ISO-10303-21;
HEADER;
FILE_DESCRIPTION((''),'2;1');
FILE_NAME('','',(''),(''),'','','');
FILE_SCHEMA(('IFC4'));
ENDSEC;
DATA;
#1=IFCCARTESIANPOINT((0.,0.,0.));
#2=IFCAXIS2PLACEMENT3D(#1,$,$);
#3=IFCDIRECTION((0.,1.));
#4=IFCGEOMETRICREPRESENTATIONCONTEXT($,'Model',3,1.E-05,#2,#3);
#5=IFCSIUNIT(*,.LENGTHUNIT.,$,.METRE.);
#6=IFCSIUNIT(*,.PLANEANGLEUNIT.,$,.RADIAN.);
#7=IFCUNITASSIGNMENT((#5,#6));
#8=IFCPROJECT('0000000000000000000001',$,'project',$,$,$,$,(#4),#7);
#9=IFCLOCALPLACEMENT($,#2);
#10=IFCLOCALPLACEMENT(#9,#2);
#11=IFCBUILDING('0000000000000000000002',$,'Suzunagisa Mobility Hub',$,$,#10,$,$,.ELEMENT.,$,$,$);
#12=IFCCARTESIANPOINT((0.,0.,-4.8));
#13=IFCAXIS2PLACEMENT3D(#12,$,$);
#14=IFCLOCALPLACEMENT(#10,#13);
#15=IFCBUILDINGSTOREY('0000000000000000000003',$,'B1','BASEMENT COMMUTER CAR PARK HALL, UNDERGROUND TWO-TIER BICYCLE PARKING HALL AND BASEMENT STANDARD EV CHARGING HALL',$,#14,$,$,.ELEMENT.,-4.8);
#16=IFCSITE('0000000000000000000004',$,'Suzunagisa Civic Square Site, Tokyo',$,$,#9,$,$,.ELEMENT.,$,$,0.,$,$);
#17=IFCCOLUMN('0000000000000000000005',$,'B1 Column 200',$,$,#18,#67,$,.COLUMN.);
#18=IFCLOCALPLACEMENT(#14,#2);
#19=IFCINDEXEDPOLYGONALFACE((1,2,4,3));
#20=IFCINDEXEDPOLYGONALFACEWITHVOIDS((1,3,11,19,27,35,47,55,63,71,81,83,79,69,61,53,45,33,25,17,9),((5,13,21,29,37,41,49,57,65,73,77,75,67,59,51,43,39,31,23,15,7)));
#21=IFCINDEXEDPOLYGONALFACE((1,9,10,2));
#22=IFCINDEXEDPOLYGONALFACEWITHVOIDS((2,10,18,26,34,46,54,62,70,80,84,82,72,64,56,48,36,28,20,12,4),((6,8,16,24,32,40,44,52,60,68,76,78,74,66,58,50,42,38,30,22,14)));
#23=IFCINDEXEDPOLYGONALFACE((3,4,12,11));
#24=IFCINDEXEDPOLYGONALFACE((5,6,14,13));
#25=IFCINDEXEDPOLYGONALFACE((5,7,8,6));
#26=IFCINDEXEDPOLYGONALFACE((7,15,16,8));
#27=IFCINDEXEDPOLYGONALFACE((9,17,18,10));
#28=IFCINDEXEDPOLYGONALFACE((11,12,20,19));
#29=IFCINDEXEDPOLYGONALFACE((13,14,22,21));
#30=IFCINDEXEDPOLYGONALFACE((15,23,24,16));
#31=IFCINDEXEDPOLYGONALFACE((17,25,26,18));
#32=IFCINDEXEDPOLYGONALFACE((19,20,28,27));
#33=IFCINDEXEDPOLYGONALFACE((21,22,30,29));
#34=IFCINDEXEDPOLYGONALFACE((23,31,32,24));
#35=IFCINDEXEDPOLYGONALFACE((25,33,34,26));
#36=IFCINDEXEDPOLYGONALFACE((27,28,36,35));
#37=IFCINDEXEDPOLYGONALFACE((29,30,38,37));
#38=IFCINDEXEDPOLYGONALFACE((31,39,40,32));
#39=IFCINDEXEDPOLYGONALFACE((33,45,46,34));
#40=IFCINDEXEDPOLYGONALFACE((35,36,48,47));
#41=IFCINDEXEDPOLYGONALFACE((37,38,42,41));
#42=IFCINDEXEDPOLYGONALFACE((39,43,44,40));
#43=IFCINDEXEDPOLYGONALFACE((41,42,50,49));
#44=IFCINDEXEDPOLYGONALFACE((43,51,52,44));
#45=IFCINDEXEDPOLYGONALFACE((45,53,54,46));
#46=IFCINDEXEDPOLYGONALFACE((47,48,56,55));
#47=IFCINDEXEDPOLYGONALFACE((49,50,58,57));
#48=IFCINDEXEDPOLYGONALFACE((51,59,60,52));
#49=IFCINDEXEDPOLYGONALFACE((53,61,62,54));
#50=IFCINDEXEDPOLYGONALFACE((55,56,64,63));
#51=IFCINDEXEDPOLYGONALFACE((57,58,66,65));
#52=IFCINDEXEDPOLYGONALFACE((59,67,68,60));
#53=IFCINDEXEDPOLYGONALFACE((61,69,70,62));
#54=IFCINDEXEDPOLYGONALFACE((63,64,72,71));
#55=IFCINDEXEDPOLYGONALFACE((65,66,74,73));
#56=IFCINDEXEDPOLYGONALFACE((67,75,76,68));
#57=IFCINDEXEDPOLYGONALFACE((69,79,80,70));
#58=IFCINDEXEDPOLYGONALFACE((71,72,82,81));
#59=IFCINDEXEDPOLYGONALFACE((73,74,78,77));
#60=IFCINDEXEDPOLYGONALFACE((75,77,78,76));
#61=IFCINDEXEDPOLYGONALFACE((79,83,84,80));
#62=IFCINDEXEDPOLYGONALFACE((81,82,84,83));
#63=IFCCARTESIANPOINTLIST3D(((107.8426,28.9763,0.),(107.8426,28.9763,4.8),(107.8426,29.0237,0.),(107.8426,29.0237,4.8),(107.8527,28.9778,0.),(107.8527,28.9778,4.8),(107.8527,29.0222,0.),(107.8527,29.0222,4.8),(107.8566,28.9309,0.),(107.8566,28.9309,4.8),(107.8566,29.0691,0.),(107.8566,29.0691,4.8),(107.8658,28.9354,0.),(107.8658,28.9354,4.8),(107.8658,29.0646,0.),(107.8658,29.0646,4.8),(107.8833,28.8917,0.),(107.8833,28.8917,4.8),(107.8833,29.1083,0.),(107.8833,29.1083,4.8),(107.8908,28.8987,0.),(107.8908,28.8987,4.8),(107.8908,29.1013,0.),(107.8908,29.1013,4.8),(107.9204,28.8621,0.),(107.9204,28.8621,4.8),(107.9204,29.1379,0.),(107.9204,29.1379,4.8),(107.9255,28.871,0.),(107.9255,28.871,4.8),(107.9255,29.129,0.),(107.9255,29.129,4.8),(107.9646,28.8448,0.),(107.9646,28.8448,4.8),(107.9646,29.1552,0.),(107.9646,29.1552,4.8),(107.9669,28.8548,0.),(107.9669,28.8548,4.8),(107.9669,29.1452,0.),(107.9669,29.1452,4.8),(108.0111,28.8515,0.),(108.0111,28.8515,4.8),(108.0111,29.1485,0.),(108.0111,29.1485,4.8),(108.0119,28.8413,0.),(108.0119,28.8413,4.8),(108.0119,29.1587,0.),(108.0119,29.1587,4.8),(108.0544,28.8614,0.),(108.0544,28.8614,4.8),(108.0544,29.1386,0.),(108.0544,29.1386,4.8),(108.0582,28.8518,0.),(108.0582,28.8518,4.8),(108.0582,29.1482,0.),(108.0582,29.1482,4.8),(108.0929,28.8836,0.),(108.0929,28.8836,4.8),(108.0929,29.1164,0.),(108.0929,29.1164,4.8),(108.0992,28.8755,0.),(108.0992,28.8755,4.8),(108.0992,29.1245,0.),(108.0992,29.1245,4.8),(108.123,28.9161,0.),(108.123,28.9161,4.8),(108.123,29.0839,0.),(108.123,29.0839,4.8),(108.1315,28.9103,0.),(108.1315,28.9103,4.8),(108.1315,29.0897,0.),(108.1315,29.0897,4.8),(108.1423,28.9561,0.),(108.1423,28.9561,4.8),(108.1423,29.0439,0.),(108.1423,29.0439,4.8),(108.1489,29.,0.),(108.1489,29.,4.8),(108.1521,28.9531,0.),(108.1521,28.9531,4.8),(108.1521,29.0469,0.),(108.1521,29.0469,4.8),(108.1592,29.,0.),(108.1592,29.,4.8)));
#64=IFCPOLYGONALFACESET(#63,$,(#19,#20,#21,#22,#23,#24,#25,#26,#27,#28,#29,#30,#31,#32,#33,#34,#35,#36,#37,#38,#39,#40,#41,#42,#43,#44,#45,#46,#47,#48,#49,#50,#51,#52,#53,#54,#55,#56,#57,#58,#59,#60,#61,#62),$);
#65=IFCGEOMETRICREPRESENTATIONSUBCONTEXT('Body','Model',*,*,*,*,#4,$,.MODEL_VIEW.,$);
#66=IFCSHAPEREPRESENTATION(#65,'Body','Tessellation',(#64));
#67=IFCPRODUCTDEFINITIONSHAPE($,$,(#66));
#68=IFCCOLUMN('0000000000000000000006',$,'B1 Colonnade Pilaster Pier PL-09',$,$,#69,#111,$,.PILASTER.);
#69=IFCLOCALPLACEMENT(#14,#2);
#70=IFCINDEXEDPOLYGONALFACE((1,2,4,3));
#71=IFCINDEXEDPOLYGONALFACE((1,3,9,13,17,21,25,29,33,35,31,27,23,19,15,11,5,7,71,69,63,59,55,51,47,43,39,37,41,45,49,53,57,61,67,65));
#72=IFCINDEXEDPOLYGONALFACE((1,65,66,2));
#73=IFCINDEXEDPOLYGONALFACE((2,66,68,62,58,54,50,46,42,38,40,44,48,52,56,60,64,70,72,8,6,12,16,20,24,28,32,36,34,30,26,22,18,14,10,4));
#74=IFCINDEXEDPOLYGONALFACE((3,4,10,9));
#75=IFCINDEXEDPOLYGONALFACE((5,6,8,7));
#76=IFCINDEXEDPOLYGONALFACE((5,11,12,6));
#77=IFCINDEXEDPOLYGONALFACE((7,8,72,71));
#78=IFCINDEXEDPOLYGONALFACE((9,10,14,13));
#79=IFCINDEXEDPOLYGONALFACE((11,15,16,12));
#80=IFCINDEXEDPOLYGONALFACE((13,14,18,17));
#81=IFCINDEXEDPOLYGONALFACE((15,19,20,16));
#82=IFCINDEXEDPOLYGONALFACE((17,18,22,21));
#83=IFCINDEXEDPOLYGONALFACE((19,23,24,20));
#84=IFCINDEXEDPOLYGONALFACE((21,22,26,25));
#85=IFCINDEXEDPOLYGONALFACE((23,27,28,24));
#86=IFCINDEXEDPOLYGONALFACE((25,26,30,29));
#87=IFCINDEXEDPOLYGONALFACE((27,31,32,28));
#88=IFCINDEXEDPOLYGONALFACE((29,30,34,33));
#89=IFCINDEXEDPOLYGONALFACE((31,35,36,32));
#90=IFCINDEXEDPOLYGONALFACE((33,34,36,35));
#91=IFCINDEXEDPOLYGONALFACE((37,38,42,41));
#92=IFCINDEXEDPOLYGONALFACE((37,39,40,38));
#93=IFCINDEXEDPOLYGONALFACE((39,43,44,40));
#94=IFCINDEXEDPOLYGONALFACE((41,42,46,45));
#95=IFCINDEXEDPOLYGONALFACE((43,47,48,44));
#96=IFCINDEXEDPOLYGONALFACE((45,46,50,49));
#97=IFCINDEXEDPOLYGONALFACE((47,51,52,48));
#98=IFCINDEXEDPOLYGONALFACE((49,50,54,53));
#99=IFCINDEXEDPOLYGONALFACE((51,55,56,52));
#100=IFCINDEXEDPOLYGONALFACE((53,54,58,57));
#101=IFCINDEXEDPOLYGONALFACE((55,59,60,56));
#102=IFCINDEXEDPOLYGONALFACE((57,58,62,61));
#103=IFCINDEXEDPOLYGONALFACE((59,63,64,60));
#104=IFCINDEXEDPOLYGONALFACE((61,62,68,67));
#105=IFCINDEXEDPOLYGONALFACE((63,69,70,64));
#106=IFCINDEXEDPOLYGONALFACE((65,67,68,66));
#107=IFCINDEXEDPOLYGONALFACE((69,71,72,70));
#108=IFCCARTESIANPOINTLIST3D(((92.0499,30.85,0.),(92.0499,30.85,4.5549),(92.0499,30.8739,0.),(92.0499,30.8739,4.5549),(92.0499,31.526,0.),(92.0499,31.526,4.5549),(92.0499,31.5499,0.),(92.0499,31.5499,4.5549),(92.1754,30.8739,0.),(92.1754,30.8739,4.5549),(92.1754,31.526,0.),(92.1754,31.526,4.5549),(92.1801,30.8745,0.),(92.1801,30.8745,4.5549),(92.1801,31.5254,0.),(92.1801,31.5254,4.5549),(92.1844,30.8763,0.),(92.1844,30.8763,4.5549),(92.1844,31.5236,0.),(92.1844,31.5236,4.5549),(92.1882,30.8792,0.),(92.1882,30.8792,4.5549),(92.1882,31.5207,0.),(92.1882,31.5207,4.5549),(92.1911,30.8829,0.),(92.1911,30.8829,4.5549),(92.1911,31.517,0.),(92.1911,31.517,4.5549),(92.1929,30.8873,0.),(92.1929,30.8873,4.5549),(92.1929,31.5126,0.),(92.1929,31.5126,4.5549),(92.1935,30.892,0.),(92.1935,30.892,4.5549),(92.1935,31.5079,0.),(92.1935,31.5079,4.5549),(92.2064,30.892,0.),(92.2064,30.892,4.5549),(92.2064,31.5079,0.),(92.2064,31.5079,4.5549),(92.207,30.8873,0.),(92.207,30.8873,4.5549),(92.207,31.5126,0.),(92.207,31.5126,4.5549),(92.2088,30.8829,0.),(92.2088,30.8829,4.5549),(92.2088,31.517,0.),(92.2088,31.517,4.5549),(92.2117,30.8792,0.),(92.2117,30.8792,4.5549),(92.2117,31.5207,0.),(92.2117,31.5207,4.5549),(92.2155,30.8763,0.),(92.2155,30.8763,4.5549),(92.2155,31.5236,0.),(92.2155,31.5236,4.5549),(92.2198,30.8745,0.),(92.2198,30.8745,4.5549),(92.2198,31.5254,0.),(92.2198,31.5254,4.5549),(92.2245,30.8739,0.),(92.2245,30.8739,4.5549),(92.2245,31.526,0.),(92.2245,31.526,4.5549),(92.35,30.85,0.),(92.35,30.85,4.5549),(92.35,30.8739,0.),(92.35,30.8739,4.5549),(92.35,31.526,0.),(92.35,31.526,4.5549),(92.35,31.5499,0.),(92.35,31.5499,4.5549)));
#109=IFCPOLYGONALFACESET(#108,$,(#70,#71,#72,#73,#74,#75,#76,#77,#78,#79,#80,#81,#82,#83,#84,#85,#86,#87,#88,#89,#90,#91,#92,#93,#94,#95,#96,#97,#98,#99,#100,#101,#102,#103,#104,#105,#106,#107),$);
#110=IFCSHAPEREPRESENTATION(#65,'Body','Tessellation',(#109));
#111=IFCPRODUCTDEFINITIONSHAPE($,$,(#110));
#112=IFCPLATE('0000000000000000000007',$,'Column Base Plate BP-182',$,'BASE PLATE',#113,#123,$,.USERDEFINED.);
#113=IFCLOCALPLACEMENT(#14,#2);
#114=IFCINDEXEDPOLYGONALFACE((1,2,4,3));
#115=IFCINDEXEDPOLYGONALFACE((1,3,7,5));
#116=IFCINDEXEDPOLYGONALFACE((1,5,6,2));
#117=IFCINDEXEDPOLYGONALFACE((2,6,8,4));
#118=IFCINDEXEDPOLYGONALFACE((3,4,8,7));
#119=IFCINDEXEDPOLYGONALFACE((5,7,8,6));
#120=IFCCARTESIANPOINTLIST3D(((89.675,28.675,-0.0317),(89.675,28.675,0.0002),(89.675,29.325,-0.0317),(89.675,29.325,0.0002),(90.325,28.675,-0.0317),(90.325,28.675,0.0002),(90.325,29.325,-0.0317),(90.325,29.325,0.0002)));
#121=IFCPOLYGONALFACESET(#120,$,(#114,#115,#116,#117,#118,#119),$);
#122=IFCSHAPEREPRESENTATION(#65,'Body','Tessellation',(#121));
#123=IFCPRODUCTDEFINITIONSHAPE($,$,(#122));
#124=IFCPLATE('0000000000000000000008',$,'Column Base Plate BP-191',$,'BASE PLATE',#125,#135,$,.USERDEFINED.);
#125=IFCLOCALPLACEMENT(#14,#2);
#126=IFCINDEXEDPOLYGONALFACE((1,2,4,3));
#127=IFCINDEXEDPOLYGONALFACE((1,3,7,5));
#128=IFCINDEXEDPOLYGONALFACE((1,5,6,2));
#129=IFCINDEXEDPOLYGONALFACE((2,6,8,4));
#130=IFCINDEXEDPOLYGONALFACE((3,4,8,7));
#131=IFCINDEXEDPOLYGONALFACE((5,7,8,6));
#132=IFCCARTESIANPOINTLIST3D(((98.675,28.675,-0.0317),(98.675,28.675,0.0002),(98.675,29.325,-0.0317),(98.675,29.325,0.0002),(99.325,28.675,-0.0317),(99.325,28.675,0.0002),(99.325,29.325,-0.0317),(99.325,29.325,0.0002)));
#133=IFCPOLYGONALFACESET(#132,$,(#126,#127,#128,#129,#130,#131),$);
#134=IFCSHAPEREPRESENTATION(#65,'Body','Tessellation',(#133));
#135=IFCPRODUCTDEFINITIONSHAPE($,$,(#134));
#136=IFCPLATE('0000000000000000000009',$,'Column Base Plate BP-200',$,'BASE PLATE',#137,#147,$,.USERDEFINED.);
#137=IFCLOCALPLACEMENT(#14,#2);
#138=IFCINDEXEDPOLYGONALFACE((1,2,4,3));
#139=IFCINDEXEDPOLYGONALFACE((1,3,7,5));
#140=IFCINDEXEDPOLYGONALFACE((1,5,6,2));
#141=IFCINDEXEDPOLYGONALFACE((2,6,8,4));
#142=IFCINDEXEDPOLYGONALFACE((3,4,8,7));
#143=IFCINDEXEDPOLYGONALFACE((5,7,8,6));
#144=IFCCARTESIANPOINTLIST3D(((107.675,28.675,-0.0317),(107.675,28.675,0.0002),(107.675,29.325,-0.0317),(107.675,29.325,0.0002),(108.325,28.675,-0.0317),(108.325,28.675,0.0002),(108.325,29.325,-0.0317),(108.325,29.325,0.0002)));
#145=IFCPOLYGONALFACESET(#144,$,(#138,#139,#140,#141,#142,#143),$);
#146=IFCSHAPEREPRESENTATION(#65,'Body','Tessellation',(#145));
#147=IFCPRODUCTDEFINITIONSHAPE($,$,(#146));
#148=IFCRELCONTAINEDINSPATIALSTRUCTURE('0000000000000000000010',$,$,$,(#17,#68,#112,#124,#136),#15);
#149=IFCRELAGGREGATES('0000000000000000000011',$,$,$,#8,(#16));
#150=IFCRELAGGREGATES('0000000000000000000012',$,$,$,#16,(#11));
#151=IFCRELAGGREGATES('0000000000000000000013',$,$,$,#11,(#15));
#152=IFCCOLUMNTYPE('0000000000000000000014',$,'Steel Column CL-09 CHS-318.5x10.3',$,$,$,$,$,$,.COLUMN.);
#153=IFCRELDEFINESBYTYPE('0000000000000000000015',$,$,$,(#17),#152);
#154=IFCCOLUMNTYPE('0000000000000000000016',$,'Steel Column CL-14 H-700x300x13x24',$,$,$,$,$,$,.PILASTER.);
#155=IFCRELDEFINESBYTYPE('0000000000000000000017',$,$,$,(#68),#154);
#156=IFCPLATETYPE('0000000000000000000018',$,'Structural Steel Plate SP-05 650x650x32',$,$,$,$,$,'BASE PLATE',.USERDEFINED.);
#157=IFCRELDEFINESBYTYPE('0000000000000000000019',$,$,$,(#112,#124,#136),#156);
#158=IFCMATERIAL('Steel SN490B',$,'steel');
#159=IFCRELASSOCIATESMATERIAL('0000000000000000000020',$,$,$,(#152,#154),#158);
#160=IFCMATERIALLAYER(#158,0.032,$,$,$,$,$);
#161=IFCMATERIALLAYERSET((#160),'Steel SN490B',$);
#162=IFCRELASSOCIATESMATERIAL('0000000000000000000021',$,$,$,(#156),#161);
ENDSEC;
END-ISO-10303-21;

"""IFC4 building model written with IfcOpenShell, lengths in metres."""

from ifc_helpers import new_model, si_unit, direction, frame, origin, origin_2d, place, context, subcontext, project, spatial, rectangle, hollow_circle, i_section, extrude, material, layer, layer_set, material_profile, profile_set, type_object, element, save


model = new_model("IFC4")

# Units and contexts
model_context = context("Model", 3, precision=1e-05, world=origin(), true_north=direction((0.0, 1.0)))
body_context = subcontext(model_context, "Body", "Model", "MODEL_VIEW")
ifc_project = project(units=[si_unit("LENGTHUNIT", "METRE"), si_unit("PLANEANGLEUNIT", "RADIAN")], contexts=[model_context])

# Site, building, storey
site_placement = place(None, origin())
site = spatial("IfcSite", under=ifc_project, at=site_placement, Name="Suzunagisa Civic Square Site, Tokyo", CompositionType="ELEMENT", RefElevation=0.0)
building_placement = place(site_placement, origin())
building = spatial("IfcBuilding", under=site, at=building_placement, Name="Suzunagisa Mobility Hub", CompositionType="ELEMENT")
storey_placement = place(building_placement, frame((0.0, 0.0, -4.8)))
storey = spatial("IfcBuildingStorey", under=building, at=storey_placement, Name="B1", Description="BASEMENT COMMUTER CAR PARK HALL, UNDERGROUND TWO-TIER BICYCLE PARKING HALL AND BASEMENT STANDARD EV CHARGING HALL", CompositionType="ELEMENT", Elevation=-4.8)

# Columns
ifc_material_1 = material(Name="Steel SN490B", Category="steel")
ifc_material_profile_1 = material_profile(ifc_material_1, hollow_circle(Radius=0.1592, WallThickness=0.0103, at=origin_2d()), Name="CHS-318.5x10.3")
ifc_profile_set_1 = profile_set([ifc_material_profile_1], Name="Steel SN490B")
column_type_1 = type_object("IfcColumnType", Name="Steel Column CL-09 CHS-318.5x10.3", PredefinedType="COLUMN", material=ifc_profile_set_1)
for number, where, z_axis, x_axis, name in (
    (1, (108.0, 29.0, 0.0), (0.0, 0.0, 1.0), (1.0, 0.0, 0.0), "B1 Column 200"),
):
    element("IfcColumn", number, at=place(storey_placement, frame(where, z_axis=z_axis, x_axis=x_axis)), inside=storey, type_object=column_type_1, Name=name, PredefinedType="COLUMN", context=body_context, shape_type="SweptSolid", body=[
        extrude(hollow_circle(Radius=0.1592, WallThickness=0.0103, at=origin_2d()), origin(), (0.0, 0.0, 1.0), 4.8),
    ])
ifc_material_profile_2 = material_profile(ifc_material_1, i_section(OverallWidth=0.3, OverallDepth=0.7, WebThickness=0.0129, FlangeThickness=0.0239, FilletRadius=0.0181, at=origin_2d()), Name="H-700x300x13x24")
ifc_profile_set_2 = profile_set([ifc_material_profile_2], Name="Steel SN490B")
column_type_2 = type_object("IfcColumnType", Name="Steel Column CL-14 H-700x300x13x24", PredefinedType="PILASTER", material=ifc_profile_set_2)
column_placement = place(storey_placement, frame((92.2, 31.2, 0.0), z_axis=(0.0, 0.0, 1.0), x_axis=(1.0, 0.0, 0.0)))
element("IfcColumn", 2, at=column_placement, inside=storey, type_object=column_type_2, Name="B1 Colonnade Pilaster Pier PL-09", PredefinedType="PILASTER", context=body_context, shape_type="SweptSolid", body=[
    extrude(i_section(OverallWidth=0.3, OverallDepth=0.7, WebThickness=0.0129, FlangeThickness=0.0239, FilletRadius=0.0181, at=origin_2d()), origin(), (0.0, 0.0, 1.0), 4.5549),
])

# Plates
ifc_layer = layer(ifc_material_1, 0.032)
ifc_layer_set = layer_set([ifc_layer], Name="Steel SN490B")
plate_type = type_object("IfcPlateType", Name="Structural Steel Plate SP-05 650x650x32", ElementType="BASE PLATE", PredefinedType="USERDEFINED", material=ifc_layer_set)
for number, where, z_axis, x_axis, name in (
    (3, (90.0, 29.0, -0.0317), (0.0, 0.0, 1.0), (1.0, 0.0, 0.0), "Column Base Plate BP-182"),
    (4, (99.0, 29.0, -0.0317), (0.0, 0.0, 1.0), (1.0, 0.0, 0.0), "Column Base Plate BP-191"),
    (5, (108.0, 29.0, -0.0317), (0.0, 0.0, 1.0), (1.0, 0.0, 0.0), "Column Base Plate BP-200"),
):
    element("IfcPlate", number, at=place(storey_placement, frame(where, z_axis=z_axis, x_axis=x_axis)), inside=storey, type_object=plate_type, Name=name, ObjectType="BASE PLATE", PredefinedType="USERDEFINED", context=body_context, shape_type="SweptSolid", body=[
        extrude(rectangle(XDim=0.6499, YDim=0.6499, at=origin_2d()), origin(), (0.0, 0.0, 1.0), 0.032),
    ])

save(model, "model.ifc")
